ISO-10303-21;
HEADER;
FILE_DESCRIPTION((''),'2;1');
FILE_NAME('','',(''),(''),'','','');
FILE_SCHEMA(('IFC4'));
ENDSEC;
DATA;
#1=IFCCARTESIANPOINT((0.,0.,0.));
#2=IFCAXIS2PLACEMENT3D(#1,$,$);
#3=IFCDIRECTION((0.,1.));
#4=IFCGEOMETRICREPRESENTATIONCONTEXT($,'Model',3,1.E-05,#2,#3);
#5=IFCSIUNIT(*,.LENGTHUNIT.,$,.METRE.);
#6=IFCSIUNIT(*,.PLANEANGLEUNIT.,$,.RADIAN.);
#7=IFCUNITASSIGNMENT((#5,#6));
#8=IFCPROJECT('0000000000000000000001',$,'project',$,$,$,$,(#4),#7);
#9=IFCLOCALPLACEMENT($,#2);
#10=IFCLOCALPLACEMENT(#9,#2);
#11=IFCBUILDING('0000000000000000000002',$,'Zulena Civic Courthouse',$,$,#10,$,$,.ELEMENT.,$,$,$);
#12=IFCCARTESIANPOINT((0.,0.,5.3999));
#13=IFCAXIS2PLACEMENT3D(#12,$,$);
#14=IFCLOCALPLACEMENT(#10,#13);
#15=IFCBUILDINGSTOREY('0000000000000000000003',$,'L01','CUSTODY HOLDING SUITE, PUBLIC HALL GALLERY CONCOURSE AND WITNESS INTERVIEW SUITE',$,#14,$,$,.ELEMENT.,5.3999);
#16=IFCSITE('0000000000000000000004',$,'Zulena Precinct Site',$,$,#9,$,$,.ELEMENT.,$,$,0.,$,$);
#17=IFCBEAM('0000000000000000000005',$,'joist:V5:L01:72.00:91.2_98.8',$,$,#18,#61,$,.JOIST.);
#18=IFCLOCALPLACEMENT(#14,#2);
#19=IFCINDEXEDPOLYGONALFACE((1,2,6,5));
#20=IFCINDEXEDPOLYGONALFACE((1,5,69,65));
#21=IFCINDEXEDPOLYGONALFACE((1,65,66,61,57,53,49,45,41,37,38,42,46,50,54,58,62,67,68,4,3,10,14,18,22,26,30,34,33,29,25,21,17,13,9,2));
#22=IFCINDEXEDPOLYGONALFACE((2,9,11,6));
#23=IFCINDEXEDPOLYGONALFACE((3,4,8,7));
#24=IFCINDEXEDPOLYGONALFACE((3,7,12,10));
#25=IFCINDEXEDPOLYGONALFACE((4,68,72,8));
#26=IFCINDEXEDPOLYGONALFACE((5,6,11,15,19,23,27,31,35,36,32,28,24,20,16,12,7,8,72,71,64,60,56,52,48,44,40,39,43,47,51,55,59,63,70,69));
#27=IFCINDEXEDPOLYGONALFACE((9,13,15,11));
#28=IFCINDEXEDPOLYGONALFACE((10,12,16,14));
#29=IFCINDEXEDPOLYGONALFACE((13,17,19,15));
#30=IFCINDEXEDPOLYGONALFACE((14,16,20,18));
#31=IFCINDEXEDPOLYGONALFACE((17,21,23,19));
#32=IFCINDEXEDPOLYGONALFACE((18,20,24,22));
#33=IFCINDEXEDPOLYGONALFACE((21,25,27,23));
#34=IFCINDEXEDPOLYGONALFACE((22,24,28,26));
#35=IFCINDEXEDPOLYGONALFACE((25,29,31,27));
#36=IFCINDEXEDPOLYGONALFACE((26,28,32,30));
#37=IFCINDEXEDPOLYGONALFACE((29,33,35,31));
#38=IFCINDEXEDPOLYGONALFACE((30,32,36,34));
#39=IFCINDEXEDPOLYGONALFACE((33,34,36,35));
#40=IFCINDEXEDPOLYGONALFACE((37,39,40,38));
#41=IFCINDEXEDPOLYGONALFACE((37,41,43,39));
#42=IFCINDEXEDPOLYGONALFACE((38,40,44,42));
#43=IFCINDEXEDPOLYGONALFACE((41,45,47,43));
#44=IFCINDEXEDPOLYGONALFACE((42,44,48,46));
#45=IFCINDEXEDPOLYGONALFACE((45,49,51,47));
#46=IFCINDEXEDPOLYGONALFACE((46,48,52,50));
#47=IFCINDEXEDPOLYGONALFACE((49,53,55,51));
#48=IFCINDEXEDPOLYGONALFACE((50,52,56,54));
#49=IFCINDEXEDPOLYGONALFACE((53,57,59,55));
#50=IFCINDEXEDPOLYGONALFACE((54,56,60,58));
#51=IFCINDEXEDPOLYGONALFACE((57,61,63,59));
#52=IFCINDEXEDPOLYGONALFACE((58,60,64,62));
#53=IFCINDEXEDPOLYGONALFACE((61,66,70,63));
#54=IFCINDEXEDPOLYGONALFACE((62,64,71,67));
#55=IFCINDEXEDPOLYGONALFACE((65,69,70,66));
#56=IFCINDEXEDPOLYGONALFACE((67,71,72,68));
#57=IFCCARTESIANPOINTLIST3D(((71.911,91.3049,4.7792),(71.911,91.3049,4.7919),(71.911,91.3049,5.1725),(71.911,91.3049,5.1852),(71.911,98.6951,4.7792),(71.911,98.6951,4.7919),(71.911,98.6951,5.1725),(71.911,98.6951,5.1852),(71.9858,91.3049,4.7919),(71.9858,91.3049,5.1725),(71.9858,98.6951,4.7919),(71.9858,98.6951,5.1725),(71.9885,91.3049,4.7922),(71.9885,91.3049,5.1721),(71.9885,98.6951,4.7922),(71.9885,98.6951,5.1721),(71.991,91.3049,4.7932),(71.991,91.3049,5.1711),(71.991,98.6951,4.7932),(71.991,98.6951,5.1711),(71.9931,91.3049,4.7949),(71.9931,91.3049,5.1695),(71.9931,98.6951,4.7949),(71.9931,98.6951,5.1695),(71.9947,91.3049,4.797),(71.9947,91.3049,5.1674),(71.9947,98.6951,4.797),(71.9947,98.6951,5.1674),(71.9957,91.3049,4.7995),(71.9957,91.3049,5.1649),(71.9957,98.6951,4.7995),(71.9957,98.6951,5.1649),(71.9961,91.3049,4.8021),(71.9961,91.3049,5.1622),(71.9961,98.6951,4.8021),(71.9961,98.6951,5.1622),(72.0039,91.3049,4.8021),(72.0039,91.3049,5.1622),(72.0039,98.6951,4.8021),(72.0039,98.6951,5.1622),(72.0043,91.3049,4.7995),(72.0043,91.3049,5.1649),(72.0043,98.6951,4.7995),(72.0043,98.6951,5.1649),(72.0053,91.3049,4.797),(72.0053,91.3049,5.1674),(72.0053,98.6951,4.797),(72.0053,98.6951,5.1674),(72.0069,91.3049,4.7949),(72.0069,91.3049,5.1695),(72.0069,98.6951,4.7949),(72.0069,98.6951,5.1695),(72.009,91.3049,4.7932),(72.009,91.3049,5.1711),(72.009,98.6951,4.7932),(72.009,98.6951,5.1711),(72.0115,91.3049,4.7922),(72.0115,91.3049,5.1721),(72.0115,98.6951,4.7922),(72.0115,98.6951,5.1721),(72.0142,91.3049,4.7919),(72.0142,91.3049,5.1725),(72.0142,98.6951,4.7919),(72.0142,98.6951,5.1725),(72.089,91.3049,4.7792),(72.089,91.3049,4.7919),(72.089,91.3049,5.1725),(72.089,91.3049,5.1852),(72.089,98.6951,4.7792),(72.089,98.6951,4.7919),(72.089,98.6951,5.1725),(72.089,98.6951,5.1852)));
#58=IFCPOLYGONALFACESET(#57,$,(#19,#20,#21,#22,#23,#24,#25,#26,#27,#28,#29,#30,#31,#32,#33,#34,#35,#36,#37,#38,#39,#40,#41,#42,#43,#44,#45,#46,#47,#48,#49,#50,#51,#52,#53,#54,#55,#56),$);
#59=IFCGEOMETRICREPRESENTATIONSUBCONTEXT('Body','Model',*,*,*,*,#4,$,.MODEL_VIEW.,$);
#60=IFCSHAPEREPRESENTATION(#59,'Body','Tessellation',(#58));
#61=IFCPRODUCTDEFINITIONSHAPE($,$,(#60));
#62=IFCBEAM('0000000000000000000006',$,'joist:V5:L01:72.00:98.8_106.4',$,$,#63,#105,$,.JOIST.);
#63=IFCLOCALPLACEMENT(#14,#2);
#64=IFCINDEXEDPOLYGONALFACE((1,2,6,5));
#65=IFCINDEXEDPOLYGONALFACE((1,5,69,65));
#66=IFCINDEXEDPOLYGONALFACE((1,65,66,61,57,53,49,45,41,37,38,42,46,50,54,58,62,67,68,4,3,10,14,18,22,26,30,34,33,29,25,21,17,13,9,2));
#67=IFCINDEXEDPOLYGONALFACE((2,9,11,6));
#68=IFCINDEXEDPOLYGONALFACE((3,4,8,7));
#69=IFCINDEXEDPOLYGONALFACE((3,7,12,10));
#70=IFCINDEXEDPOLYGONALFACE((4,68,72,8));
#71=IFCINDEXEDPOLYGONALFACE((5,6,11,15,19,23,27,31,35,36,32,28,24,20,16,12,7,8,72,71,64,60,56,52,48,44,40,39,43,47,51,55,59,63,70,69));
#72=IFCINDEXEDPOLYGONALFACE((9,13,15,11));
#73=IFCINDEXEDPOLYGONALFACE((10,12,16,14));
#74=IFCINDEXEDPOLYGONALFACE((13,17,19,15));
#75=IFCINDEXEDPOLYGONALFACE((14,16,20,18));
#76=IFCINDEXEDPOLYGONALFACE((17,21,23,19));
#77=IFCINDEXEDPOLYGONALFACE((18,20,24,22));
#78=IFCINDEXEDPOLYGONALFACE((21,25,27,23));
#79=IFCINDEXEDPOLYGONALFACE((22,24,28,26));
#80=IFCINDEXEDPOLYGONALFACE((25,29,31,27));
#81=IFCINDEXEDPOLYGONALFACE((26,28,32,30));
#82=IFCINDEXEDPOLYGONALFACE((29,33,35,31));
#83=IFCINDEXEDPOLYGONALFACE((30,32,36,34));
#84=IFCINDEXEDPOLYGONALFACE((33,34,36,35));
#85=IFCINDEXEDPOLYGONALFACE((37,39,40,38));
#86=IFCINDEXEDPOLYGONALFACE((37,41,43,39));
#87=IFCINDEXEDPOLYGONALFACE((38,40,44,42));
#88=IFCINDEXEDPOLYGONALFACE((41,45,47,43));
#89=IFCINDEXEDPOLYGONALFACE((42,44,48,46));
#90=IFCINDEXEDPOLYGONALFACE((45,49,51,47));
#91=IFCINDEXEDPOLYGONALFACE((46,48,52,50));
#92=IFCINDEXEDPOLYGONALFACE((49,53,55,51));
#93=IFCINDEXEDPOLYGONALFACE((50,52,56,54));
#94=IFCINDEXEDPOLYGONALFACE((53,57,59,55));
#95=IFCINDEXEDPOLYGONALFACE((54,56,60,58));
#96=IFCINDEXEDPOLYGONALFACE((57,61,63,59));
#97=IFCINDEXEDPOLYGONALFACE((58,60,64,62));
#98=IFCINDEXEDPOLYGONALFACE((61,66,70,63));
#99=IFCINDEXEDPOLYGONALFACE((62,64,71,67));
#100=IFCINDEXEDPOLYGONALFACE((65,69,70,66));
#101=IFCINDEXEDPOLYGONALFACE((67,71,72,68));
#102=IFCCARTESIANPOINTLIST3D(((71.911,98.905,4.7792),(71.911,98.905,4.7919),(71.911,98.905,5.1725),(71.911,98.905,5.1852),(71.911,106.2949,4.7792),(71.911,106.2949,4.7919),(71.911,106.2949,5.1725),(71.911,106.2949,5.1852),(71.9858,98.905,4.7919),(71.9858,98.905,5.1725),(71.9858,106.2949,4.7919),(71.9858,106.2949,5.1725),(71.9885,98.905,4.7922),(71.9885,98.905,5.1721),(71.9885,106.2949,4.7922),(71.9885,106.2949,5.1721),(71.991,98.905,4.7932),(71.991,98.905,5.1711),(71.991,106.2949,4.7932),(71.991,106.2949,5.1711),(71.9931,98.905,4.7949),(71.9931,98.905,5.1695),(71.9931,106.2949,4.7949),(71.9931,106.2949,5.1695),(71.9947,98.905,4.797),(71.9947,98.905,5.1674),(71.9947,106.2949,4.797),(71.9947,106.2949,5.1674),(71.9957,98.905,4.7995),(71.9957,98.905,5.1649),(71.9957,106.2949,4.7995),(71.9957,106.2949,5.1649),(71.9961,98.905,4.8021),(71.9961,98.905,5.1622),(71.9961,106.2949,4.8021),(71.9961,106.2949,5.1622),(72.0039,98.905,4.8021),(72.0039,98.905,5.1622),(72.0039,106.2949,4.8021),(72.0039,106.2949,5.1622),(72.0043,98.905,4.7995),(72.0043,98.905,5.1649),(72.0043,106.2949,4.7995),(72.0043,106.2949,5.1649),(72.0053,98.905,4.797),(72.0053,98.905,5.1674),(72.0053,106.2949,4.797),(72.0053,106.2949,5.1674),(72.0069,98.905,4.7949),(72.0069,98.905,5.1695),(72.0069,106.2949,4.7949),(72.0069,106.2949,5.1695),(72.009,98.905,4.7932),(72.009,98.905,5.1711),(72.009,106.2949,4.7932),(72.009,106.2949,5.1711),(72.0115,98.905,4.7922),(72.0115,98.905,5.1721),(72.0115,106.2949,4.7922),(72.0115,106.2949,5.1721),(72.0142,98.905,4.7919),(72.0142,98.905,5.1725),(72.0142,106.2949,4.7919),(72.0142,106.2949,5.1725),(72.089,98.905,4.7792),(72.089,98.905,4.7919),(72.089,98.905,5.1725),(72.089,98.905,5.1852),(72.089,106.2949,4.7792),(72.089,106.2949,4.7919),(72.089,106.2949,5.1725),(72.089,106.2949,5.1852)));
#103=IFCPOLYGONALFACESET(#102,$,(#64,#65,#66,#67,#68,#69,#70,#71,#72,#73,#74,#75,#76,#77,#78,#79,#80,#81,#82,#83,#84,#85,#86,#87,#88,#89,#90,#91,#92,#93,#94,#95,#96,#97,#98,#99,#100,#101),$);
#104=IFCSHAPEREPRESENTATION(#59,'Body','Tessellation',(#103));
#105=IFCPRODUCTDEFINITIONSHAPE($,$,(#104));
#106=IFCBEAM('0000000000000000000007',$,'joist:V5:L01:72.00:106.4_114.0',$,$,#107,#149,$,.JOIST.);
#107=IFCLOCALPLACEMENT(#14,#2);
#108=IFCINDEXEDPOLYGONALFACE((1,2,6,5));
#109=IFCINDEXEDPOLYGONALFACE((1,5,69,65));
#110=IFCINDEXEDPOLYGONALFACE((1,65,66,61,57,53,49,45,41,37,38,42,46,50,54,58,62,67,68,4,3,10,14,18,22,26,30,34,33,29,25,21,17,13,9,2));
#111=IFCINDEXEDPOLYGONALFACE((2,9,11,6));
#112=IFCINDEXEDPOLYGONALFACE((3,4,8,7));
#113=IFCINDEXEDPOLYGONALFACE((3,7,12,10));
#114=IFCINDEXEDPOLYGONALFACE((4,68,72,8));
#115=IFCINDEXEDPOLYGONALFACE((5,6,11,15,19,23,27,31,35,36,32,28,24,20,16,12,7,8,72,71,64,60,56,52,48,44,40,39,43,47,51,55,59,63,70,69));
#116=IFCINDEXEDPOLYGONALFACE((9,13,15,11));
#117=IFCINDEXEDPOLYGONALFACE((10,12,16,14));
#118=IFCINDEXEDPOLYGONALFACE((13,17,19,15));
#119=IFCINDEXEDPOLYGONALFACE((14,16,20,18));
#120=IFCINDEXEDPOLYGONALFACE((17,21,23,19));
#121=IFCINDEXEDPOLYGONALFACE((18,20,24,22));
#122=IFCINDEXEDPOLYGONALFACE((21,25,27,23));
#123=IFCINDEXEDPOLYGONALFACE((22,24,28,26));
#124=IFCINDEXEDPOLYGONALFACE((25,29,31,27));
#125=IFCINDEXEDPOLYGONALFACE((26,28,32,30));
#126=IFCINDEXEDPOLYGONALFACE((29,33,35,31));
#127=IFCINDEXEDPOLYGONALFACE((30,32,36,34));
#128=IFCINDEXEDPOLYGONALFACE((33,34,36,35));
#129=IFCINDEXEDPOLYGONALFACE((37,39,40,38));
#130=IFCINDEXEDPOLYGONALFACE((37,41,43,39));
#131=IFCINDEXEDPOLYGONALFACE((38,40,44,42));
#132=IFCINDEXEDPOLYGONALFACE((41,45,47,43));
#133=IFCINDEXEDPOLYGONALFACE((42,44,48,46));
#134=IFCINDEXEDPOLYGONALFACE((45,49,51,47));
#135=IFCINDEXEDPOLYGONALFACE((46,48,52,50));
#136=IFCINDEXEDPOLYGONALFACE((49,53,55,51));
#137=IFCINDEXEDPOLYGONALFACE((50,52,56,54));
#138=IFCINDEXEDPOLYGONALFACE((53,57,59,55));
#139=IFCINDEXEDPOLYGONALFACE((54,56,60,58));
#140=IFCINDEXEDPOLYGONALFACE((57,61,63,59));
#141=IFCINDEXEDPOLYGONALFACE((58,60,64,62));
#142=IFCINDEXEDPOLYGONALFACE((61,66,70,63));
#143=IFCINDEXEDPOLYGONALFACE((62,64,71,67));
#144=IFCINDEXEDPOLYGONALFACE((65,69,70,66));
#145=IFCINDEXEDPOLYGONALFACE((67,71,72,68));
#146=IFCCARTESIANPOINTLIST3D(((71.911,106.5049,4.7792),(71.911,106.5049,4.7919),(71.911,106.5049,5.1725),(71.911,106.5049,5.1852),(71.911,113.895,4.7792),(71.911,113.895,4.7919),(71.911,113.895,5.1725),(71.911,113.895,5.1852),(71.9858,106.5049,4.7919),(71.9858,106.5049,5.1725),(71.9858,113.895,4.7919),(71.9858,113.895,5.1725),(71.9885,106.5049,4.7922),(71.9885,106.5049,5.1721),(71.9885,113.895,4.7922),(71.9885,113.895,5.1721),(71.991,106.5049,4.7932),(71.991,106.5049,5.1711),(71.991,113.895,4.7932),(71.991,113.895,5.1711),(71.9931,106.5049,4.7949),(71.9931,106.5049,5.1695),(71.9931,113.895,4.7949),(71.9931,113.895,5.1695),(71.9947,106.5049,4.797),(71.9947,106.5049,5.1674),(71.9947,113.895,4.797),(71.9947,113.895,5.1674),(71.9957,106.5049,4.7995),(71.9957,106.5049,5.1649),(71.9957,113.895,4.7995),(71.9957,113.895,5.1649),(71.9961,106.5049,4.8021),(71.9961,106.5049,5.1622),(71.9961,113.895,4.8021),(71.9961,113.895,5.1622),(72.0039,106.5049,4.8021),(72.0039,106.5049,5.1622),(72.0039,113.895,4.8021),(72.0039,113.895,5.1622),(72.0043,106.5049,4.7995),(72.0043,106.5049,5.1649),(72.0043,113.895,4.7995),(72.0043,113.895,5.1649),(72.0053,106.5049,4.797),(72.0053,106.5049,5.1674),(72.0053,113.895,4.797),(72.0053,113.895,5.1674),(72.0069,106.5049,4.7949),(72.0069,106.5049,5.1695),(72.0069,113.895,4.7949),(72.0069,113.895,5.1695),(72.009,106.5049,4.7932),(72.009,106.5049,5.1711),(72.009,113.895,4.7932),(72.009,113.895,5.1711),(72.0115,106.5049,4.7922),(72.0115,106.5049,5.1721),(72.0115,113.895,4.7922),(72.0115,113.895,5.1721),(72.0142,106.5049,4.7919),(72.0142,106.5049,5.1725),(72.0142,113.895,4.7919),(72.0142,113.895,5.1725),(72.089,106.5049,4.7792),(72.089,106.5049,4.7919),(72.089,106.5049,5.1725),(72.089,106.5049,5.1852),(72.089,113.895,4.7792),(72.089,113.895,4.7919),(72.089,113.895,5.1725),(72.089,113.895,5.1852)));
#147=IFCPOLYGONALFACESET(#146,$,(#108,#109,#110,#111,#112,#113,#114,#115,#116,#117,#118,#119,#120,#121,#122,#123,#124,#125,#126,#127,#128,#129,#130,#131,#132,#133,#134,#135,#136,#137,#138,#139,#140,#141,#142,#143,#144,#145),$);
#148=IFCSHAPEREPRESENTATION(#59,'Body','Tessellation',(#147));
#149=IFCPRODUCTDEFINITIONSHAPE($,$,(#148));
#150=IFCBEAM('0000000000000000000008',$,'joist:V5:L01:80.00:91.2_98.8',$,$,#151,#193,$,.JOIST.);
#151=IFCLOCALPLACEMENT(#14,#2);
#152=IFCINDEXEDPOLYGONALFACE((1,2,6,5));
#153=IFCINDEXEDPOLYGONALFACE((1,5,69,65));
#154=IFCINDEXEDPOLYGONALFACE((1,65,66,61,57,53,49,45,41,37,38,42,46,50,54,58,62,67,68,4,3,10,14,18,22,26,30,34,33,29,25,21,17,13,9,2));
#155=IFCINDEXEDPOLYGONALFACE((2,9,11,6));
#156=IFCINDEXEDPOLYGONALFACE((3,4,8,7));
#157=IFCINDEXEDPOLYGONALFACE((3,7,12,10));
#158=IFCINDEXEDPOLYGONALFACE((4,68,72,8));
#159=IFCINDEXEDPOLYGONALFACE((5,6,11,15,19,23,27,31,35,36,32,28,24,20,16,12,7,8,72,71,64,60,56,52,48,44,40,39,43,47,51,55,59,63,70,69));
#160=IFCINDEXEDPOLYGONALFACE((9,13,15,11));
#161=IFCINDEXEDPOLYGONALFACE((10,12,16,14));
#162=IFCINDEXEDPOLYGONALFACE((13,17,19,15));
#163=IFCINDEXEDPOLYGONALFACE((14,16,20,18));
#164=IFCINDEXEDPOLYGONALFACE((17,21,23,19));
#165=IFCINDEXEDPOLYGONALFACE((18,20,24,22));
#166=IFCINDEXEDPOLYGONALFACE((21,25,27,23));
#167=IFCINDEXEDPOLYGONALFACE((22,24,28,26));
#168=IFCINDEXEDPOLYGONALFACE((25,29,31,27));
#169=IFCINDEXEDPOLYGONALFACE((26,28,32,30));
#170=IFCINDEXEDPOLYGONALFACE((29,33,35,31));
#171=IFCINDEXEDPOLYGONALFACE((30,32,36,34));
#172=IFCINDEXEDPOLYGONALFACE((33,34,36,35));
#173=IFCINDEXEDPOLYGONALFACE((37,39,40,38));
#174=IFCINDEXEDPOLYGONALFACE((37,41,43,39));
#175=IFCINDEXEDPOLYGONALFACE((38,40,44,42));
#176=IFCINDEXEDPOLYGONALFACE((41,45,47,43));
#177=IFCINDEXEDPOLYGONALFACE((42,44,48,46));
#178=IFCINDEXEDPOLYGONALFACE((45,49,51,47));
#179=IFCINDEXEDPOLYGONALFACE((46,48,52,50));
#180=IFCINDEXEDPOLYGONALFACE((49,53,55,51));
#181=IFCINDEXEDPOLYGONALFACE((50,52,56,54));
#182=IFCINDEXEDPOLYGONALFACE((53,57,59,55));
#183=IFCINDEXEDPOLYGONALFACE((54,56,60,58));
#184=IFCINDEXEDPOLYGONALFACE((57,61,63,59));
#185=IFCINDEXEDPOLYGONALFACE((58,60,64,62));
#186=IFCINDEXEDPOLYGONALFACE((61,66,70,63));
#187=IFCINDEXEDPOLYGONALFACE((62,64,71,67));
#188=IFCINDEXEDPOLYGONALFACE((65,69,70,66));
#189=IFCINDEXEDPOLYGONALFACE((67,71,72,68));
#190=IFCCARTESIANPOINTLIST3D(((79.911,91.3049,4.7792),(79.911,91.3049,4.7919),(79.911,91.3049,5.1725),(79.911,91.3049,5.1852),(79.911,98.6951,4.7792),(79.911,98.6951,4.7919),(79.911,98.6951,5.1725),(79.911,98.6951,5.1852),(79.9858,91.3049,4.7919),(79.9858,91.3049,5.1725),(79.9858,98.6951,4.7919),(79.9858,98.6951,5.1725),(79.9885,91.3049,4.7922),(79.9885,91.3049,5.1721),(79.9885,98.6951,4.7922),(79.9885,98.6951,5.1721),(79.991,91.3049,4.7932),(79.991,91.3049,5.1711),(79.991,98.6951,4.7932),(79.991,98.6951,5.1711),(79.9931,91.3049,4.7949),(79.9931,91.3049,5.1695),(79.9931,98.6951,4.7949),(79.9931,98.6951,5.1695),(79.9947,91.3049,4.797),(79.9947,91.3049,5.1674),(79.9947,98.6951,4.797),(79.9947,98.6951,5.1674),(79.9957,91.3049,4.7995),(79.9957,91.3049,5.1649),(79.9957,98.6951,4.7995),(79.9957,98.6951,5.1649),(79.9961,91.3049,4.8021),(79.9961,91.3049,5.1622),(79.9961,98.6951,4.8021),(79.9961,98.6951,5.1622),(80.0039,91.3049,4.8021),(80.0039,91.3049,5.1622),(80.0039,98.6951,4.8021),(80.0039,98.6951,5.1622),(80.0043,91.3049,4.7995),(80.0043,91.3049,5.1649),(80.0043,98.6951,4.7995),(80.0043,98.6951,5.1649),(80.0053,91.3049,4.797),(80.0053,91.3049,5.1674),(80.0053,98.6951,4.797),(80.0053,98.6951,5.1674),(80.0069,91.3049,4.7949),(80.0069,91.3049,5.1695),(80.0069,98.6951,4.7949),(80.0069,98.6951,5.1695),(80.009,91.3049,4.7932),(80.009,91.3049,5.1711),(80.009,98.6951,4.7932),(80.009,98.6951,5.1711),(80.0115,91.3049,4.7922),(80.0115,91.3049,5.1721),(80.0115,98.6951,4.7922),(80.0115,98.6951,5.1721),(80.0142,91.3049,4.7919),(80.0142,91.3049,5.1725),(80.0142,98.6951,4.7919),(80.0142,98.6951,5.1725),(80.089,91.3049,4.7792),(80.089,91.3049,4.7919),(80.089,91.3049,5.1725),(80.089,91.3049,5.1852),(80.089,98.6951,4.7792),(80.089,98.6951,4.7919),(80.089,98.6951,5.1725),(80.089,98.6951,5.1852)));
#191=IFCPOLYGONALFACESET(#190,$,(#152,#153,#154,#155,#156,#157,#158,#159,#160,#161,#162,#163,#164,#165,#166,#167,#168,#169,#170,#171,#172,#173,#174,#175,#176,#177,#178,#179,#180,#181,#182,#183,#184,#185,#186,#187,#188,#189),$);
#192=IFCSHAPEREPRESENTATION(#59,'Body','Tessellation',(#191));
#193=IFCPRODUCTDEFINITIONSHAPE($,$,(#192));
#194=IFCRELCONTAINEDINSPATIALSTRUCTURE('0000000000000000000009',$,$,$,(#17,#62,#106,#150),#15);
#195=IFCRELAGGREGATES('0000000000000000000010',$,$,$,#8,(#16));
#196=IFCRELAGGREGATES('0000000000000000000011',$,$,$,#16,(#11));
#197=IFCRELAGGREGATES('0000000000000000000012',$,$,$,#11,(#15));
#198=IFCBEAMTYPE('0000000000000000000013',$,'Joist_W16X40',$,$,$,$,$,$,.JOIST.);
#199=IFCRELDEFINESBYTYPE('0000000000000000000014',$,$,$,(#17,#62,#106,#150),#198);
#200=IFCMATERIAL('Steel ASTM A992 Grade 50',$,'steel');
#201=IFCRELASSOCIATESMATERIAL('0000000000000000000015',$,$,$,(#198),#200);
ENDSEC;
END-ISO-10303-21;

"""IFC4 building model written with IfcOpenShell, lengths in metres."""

from ifc_helpers import new_model, si_unit, direction, frame, origin, origin_2d, place, context, subcontext, project, spatial, i_section, extrude, material, material_profile, profile_set, type_object, element, save


model = new_model("IFC4")

# Units and contexts
model_context = context("Model", 3, precision=1e-05, world=origin(), true_north=direction((0.0, 1.0)))
body_context = subcontext(model_context, "Body", "Model", "MODEL_VIEW")
ifc_project = project(units=[si_unit("LENGTHUNIT", "METRE"), si_unit("PLANEANGLEUNIT", "RADIAN")], contexts=[model_context])

# Site, building, storey
site_placement = place(None, origin())
site = spatial("IfcSite", under=ifc_project, at=site_placement, Name="Zulena Precinct Site", CompositionType="ELEMENT", RefElevation=0.0)
building_placement = place(site_placement, origin())
building = spatial("IfcBuilding", under=site, at=building_placement, Name="Zulena Civic Courthouse", CompositionType="ELEMENT")
storey_placement = place(building_placement, frame((0.0, 0.0, 5.3999)))
storey = spatial("IfcBuildingStorey", under=building, at=storey_placement, Name="L01", Description="CUSTODY HOLDING SUITE, PUBLIC HALL GALLERY CONCOURSE AND WITNESS INTERVIEW SUITE", CompositionType="ELEMENT", Elevation=5.3999)

# Shared definitions
ifc_material_1 = material(Name="Steel ASTM A992 Grade 50", Category="steel")

# Beams
ifc_material_profile_1 = material_profile(ifc_material_1, i_section(OverallWidth=0.178, OverallDepth=0.406, WebThickness=0.0078, FlangeThickness=0.0127, FilletRadius=0.0103, at=origin_2d()), Name="W16X40")
ifc_profile_set_1 = profile_set([ifc_material_profile_1], Name="Steel ASTM A992 Grade 50")
beam_type_1 = type_object("IfcBeamType", Name="Joist_W16X40", PredefinedType="JOIST", material=ifc_profile_set_1)
beam_1_placement = place(storey_placement, frame((72.0, 91.3049, 4.9822), z_axis=(0.0, 1.0, 0.0), x_axis=(-1.0, 0.0, 0.0)))
element("IfcBeam", 1, at=beam_1_placement, inside=storey, type_object=beam_type_1, Name="joist:V5:L01:72.00:91.2_98.8", PredefinedType="JOIST", context=body_context, shape_type="SweptSolid", body=[
    extrude(i_section(OverallWidth=0.178, OverallDepth=0.406, WebThickness=0.0078, FlangeThickness=0.0127, FilletRadius=0.0103, at=origin_2d()), origin(), (0.0, 0.0, 1.0), 7.3901),
])
beam_2_placement = place(storey_placement, frame((72.0, 98.905, 4.9822), z_axis=(0.0, 1.0, 0.0), x_axis=(-1.0, 0.0, 0.0)))
element("IfcBeam", 2, at=beam_2_placement, inside=storey, type_object=beam_type_1, Name="joist:V5:L01:72.00:98.8_106.4", PredefinedType="JOIST", context=body_context, shape_type="SweptSolid", body=[
    extrude(i_section(OverallWidth=0.178, OverallDepth=0.406, WebThickness=0.0078, FlangeThickness=0.0127, FilletRadius=0.0103, at=origin_2d()), origin(), (0.0, 0.0, 1.0), 7.3899),
])
for number, where, z_axis, x_axis, name in (
    (3, (72.0, 106.5049, 4.9822), (0.0, 1.0, 0.0), (-1.0, 0.0, 0.0), "joist:V5:L01:72.00:106.4_114.0"),
    (4, (80.0, 91.3049, 4.9822), (0.0, 1.0, 0.0), (-1.0, 0.0, 0.0), "joist:V5:L01:80.00:91.2_98.8"),
):
    element("IfcBeam", number, at=place(storey_placement, frame(where, z_axis=z_axis, x_axis=x_axis)), inside=storey, type_object=beam_type_1, Name=name, PredefinedType="JOIST", context=body_context, shape_type="SweptSolid", body=[
        extrude(i_section(OverallWidth=0.178, OverallDepth=0.406, WebThickness=0.0078, FlangeThickness=0.0127, FilletRadius=0.0103, at=origin_2d()), origin(), (0.0, 0.0, 1.0), 7.3901),
    ])

save(model, "model.ifc")
